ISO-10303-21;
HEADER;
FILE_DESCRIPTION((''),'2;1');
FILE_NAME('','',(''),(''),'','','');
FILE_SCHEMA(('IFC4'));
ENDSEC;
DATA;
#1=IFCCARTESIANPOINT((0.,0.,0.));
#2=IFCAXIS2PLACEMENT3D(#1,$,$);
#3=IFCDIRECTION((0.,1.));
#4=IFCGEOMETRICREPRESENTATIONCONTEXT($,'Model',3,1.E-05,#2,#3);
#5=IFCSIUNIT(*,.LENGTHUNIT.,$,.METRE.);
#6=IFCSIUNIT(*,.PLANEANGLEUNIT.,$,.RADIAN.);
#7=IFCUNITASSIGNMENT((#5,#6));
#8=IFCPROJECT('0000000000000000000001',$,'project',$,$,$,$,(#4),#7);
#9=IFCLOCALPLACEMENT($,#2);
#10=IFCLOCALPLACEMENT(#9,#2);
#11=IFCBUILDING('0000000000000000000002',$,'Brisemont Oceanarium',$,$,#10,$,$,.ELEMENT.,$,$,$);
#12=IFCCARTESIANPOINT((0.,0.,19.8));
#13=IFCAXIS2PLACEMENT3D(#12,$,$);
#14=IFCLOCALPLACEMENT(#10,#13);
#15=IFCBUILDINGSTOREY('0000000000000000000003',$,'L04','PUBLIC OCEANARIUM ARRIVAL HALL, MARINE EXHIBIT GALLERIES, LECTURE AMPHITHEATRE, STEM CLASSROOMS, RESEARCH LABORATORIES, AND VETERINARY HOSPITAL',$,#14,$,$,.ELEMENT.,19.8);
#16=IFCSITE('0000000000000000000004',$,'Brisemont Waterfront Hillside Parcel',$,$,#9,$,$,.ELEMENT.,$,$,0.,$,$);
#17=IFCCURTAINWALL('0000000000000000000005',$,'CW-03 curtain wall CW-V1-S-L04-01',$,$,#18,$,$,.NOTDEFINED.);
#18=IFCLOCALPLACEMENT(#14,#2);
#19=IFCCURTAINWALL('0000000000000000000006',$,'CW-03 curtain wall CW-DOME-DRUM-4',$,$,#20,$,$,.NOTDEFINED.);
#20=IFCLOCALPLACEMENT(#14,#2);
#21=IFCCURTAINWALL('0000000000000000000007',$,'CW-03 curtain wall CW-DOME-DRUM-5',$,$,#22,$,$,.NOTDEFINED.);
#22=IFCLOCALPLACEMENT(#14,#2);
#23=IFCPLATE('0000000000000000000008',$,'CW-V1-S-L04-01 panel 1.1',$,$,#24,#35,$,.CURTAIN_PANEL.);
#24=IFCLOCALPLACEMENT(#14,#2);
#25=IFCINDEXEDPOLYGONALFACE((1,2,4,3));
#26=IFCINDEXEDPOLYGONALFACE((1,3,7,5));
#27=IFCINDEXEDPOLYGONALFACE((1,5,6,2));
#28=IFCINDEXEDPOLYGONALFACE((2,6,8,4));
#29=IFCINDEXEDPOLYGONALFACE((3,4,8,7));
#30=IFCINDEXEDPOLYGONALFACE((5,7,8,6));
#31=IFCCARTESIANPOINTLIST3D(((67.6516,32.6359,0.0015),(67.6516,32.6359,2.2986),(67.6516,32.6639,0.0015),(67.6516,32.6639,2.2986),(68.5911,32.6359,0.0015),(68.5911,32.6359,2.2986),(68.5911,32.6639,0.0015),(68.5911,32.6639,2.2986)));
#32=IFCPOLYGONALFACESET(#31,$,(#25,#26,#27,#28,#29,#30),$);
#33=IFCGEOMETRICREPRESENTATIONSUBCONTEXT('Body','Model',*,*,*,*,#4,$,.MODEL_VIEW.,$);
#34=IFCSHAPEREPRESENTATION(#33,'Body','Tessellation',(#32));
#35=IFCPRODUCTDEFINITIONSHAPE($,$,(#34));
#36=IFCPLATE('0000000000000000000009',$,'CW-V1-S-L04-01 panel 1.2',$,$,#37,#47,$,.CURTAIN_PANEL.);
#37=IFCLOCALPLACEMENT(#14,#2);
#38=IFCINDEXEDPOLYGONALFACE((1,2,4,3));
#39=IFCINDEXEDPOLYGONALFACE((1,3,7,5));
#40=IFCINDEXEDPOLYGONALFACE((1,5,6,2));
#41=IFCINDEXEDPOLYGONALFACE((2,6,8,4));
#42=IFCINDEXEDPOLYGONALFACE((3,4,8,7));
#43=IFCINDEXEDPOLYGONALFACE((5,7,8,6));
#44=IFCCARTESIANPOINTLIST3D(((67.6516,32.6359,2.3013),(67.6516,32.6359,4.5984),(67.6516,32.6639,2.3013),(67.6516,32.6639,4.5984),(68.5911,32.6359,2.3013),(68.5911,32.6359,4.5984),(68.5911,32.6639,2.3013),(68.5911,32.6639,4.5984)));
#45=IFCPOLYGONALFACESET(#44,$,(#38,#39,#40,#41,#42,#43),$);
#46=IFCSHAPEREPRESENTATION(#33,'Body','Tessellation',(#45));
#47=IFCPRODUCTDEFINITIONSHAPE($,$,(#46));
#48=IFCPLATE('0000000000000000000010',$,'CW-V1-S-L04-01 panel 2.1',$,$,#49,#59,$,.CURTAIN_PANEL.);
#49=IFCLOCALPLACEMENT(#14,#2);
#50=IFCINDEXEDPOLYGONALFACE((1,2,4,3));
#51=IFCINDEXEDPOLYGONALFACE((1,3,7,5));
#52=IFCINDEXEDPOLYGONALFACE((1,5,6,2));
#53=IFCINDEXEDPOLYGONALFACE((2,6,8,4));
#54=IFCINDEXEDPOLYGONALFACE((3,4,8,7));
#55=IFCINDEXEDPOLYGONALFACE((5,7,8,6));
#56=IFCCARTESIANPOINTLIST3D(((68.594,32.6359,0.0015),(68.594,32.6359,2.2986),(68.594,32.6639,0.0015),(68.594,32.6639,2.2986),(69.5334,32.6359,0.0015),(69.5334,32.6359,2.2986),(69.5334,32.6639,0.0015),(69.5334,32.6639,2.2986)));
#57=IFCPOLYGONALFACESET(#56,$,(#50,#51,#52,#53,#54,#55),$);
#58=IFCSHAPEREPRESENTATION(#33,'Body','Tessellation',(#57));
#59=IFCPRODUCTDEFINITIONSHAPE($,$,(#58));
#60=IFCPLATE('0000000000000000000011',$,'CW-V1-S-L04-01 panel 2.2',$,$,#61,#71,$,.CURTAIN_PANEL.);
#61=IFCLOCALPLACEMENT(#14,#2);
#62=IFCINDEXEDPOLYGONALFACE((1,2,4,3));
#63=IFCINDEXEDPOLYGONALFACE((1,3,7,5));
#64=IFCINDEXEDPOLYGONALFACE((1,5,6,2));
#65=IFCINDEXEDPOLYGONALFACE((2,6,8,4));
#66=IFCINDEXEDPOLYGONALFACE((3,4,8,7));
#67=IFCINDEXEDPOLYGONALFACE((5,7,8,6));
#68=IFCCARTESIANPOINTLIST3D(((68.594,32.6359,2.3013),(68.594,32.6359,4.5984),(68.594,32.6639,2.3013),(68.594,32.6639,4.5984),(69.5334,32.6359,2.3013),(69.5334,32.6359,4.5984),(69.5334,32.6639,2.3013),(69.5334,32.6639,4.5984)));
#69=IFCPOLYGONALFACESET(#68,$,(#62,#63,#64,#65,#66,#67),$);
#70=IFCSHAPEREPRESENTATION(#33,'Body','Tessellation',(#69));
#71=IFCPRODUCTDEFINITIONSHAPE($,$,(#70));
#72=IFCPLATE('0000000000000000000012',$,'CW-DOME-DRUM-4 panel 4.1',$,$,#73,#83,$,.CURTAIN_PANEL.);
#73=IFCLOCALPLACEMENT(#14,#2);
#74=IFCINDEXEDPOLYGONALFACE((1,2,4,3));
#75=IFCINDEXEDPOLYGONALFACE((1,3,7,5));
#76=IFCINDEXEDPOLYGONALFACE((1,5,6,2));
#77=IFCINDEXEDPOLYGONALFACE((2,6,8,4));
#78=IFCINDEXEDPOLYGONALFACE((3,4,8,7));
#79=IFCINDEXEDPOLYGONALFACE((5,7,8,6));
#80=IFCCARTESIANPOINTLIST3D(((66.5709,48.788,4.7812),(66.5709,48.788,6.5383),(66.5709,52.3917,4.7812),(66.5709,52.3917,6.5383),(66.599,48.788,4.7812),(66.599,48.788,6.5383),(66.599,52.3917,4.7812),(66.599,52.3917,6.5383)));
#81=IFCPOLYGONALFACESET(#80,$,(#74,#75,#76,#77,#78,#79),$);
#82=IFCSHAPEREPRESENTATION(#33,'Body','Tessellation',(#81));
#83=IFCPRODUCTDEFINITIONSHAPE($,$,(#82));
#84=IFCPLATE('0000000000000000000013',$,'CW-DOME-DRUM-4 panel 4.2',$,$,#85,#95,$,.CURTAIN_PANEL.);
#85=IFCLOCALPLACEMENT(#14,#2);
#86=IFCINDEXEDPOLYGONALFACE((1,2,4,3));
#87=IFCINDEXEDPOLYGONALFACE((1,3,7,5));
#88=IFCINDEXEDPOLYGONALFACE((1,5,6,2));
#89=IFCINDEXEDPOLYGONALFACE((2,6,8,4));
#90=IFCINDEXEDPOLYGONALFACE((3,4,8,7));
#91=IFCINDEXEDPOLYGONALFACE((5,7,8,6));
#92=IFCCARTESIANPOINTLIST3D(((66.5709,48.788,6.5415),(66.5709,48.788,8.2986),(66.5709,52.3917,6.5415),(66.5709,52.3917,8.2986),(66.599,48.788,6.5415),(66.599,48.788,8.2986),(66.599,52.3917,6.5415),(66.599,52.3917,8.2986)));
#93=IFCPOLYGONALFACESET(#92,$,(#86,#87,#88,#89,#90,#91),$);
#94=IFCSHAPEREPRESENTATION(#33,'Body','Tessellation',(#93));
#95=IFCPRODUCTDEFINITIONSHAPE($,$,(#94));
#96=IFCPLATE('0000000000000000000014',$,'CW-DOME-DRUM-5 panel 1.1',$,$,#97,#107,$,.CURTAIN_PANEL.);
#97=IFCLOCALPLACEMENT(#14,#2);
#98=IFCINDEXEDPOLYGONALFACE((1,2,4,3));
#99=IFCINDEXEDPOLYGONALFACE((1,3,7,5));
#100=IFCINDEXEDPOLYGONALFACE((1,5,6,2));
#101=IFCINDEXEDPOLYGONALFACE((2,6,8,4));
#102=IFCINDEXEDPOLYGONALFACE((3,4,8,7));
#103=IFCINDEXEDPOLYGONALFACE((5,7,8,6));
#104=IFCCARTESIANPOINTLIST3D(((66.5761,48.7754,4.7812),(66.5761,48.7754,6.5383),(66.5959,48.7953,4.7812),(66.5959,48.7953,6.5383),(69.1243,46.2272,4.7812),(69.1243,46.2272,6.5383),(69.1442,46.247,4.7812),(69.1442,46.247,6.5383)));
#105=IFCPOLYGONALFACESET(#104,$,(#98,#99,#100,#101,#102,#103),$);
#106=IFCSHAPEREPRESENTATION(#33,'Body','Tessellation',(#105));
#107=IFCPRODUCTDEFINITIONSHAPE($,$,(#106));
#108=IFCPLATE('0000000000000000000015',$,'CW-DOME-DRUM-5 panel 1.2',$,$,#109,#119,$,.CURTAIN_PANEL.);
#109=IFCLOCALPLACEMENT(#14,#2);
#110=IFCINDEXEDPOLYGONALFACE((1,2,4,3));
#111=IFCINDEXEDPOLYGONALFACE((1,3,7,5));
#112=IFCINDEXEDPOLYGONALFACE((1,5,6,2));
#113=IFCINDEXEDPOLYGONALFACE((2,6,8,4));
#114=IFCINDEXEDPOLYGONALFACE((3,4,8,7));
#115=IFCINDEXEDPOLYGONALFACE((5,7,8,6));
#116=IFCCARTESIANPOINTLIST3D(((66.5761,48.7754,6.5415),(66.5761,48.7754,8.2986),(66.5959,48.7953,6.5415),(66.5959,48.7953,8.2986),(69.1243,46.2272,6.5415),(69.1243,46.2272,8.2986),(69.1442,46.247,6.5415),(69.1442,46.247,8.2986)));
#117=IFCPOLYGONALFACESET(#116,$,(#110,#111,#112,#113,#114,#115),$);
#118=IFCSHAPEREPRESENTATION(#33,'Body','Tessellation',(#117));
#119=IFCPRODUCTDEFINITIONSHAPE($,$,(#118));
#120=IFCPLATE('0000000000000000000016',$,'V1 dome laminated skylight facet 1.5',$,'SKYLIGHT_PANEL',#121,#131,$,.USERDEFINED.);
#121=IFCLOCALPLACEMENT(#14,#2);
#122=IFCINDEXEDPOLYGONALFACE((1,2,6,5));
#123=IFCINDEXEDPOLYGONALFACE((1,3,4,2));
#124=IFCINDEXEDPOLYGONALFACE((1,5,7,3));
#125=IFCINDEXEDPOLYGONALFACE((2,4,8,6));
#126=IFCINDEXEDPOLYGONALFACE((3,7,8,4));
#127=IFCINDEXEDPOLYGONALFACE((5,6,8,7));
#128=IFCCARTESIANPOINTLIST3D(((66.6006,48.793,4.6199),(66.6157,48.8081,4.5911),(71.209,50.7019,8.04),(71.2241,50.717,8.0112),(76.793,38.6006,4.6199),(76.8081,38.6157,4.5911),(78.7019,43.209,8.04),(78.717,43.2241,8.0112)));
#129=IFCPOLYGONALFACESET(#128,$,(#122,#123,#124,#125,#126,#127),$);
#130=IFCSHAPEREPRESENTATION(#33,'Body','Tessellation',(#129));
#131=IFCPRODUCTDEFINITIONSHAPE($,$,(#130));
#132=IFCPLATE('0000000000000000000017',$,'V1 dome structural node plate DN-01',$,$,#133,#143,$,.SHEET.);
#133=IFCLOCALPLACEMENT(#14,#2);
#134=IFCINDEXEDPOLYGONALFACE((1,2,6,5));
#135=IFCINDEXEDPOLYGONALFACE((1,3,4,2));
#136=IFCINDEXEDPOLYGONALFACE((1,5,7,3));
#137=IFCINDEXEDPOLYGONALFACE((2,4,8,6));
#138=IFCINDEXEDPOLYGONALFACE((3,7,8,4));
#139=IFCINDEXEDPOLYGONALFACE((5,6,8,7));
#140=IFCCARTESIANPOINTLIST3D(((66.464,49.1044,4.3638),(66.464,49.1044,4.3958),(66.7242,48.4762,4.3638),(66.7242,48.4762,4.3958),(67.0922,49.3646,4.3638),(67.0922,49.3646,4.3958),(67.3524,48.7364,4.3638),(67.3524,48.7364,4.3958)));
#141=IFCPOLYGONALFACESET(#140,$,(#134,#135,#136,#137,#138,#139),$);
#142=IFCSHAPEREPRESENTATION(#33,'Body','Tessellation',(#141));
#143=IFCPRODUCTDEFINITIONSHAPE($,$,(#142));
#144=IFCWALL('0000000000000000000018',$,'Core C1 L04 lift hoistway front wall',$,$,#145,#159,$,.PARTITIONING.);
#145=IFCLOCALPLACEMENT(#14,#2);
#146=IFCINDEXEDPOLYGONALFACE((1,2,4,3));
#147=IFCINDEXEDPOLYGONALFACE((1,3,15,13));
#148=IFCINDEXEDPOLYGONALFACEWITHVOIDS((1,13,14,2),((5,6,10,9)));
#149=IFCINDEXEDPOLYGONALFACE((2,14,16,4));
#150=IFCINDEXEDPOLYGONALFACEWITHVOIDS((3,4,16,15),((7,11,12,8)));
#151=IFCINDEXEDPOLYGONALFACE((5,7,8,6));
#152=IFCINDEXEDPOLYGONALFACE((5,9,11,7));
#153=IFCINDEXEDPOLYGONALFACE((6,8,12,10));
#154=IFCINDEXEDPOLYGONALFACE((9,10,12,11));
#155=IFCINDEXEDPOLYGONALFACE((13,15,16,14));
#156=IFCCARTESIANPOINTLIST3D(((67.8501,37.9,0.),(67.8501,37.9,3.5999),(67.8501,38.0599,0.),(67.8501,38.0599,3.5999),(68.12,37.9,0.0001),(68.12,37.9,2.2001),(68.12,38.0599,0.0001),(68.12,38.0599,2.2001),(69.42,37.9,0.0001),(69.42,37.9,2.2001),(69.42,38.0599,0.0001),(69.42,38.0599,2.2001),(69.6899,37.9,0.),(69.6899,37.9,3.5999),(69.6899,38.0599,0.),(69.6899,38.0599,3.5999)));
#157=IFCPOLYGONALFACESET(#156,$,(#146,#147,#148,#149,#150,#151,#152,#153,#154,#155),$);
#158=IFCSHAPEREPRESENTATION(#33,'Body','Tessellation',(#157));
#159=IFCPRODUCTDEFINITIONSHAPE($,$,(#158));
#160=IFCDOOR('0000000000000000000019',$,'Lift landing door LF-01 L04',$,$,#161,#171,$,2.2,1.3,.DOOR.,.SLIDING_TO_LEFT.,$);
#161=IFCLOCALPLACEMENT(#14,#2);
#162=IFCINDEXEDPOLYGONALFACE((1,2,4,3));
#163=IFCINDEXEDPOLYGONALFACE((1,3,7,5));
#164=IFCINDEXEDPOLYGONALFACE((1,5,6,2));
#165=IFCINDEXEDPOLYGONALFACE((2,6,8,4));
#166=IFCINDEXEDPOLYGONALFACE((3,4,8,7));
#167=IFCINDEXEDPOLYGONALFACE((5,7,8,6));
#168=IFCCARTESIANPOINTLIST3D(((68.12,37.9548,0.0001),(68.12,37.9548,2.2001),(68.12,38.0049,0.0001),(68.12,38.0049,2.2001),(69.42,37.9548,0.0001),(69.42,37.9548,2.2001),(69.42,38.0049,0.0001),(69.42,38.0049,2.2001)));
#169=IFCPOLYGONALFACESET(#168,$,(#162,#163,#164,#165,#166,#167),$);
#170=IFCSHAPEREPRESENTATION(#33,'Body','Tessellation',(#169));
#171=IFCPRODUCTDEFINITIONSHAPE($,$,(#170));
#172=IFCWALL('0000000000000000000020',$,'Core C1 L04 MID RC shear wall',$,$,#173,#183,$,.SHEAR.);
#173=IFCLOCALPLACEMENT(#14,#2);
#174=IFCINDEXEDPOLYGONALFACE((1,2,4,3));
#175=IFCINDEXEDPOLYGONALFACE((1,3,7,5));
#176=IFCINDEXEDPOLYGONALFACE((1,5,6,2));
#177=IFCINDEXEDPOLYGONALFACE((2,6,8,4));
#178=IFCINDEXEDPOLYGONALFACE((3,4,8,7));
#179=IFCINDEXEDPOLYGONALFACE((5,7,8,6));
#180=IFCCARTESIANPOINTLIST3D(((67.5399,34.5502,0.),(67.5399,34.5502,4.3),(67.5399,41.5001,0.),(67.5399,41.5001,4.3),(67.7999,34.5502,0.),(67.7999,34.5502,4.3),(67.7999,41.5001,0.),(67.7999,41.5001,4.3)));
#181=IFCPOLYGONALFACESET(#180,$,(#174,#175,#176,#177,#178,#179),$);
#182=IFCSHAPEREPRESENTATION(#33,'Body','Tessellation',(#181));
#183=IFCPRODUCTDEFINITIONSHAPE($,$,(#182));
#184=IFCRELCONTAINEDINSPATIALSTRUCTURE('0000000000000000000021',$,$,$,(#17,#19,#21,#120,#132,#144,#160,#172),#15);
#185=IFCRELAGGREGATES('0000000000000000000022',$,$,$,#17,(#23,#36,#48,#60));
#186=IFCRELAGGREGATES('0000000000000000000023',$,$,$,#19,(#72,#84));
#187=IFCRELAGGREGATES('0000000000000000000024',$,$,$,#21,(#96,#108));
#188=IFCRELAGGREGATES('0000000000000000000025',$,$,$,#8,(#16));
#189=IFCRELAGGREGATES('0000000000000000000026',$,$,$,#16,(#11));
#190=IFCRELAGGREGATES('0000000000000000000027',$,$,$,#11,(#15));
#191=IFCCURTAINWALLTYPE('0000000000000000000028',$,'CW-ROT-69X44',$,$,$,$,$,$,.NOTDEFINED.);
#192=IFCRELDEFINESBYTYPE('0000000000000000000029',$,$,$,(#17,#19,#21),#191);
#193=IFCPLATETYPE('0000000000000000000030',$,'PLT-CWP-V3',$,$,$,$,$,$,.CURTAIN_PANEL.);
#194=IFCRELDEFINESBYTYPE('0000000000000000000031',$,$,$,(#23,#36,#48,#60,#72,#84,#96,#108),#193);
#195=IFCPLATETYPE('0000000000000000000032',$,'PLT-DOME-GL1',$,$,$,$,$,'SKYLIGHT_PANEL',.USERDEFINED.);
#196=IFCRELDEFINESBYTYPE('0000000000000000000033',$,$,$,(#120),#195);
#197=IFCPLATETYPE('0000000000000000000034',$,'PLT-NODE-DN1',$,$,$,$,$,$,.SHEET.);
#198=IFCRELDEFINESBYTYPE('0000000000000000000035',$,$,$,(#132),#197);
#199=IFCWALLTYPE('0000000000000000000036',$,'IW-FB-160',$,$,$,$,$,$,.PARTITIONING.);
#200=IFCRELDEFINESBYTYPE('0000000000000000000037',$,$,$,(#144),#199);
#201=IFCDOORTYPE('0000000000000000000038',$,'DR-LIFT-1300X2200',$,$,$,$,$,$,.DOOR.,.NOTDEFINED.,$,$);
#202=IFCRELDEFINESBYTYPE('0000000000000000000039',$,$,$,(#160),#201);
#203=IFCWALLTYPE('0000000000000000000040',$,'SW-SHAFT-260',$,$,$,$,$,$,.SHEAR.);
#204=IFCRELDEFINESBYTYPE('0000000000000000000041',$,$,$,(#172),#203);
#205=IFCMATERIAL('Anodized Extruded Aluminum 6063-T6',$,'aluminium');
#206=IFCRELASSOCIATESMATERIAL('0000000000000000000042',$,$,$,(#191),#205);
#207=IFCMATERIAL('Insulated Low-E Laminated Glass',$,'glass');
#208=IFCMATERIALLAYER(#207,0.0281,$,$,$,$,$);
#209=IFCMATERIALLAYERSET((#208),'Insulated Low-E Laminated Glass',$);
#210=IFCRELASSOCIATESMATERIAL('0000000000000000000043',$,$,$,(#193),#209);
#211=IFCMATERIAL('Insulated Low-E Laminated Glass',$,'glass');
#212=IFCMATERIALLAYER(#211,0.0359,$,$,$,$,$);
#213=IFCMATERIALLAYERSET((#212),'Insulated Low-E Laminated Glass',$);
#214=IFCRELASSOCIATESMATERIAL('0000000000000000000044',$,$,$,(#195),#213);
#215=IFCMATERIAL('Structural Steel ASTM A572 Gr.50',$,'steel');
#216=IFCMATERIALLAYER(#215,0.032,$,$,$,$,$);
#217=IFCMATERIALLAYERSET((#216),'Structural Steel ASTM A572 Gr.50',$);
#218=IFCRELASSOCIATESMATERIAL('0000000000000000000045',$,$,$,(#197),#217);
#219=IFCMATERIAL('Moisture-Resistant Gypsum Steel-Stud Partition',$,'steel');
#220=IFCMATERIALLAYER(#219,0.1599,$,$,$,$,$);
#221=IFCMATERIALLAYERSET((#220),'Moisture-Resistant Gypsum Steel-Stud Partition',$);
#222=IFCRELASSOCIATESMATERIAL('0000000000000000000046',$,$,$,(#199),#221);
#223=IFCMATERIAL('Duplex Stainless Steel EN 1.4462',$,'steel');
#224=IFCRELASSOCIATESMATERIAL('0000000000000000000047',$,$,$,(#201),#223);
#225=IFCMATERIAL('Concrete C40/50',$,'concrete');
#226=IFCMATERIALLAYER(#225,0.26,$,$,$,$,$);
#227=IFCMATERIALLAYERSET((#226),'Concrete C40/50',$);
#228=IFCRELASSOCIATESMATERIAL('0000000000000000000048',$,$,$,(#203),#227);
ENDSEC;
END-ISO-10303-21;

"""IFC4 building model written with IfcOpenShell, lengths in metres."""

from ifc_helpers import new_model, si_unit, direction, frame, frame_2d, origin, origin_2d, place, context, subcontext, project, spatial, polyline, rectangle, outline, extrude, material, layer, layer_set, type_object, element, fill, aggregate, save


model = new_model("IFC4")

# Units and contexts
model_context = context("Model", 3, precision=1e-05, world=origin(), true_north=direction((0.0, 1.0)))
body_context = subcontext(model_context, "Body", "Model", "MODEL_VIEW")
ifc_project = project(units=[si_unit("LENGTHUNIT", "METRE"), si_unit("PLANEANGLEUNIT", "RADIAN")], contexts=[model_context])

# Site, building, storey
site_placement = place(None, origin())
site = spatial("IfcSite", under=ifc_project, at=site_placement, Name="Brisemont Waterfront Hillside Parcel", CompositionType="ELEMENT", RefElevation=0.0)
building_placement = place(site_placement, origin())
building = spatial("IfcBuilding", under=site, at=building_placement, Name="Brisemont Oceanarium", CompositionType="ELEMENT")
storey_placement = place(building_placement, frame((0.0, 0.0, 19.8)))
storey = spatial("IfcBuildingStorey", under=building, at=storey_placement, Name="L04", Description="PUBLIC OCEANARIUM ARRIVAL HALL, MARINE EXHIBIT GALLERIES, LECTURE AMPHITHEATRE, STEM CLASSROOMS, RESEARCH LABORATORIES, AND VETERINARY HOSPITAL", CompositionType="ELEMENT", Elevation=19.8)

# Curtain wall
ifc_material_1 = material(Name="Anodized Extruded Aluminum 6063-T6", Category="aluminium")
curtain_wall_type = type_object("IfcCurtainWallType", Name="CW-ROT-69X44", PredefinedType="NOTDEFINED", material=ifc_material_1)
curtain_wall_1_placement = place(storey_placement, origin())
curtain_wall_1 = element("IfcCurtainWall", 1, at=curtain_wall_1_placement, inside=storey, type_object=curtain_wall_type, Name="CW-03 curtain wall CW-V1-S-L04-01", PredefinedType="NOTDEFINED")

# Curtain wall
curtain_wall_2_placement = place(storey_placement, origin())
curtain_wall_2 = element("IfcCurtainWall", 2, at=curtain_wall_2_placement, inside=storey, type_object=curtain_wall_type, Name="CW-03 curtain wall CW-DOME-DRUM-4", PredefinedType="NOTDEFINED")

# Curtain wall
curtain_wall_3_placement = place(storey_placement, origin())
curtain_wall_3 = element("IfcCurtainWall", 3, at=curtain_wall_3_placement, inside=storey, type_object=curtain_wall_type, Name="CW-03 curtain wall CW-DOME-DRUM-5", PredefinedType="NOTDEFINED")

# Plates
ifc_material_2 = material(Name="Insulated Low-E Laminated Glass", Category="glass")
ifc_layer_1 = layer(ifc_material_2, 0.0281)
ifc_layer_set_1 = layer_set([ifc_layer_1], Name="Insulated Low-E Laminated Glass")
plate_type_1 = type_object("IfcPlateType", Name="PLT-CWP-V3", PredefinedType="CURTAIN_PANEL", material=ifc_layer_set_1)
plate_1_placement = place(storey_placement, frame((68.1213, 32.6499, 0.0015), z_axis=(0.0, 0.0, 1.0), x_axis=(1.0, 0.0, 0.0)))
plate_1 = element("IfcPlate", 4, at=plate_1_placement, type_object=plate_type_1, Name="CW-V1-S-L04-01 panel 1.1", PredefinedType="CURTAIN_PANEL", context=body_context, shape_type="SweptSolid", body=[
    extrude(rectangle(XDim=0.9395, YDim=0.0281, at=origin_2d()), origin(), (0.0, 0.0, 1.0), 2.2971),
])
plate_2_placement = place(storey_placement, frame((68.1213, 32.6499, 2.3013), z_axis=(0.0, 0.0, 1.0), x_axis=(1.0, 0.0, 0.0)))
plate_2 = element("IfcPlate", 5, at=plate_2_placement, type_object=plate_type_1, Name="CW-V1-S-L04-01 panel 1.2", PredefinedType="CURTAIN_PANEL", context=body_context, shape_type="SweptSolid", body=[
    extrude(rectangle(XDim=0.9395, YDim=0.0281, at=origin_2d()), origin(), (0.0, 0.0, 1.0), 2.2971),
])
plate_3_placement = place(storey_placement, frame((69.0637, 32.6499, 0.0015), z_axis=(0.0, 0.0, 1.0), x_axis=(1.0, 0.0, 0.0)))
plate_3 = element("IfcPlate", 6, at=plate_3_placement, type_object=plate_type_1, Name="CW-V1-S-L04-01 panel 2.1", PredefinedType="CURTAIN_PANEL", context=body_context, shape_type="SweptSolid", body=[
    extrude(rectangle(XDim=0.9395, YDim=0.0281, at=origin_2d()), origin(), (0.0, 0.0, 1.0), 2.2971),
])
plate_4_placement = place(storey_placement, frame((69.0637, 32.6499, 2.3013), z_axis=(0.0, 0.0, 1.0), x_axis=(1.0, 0.0, 0.0)))
plate_4 = element("IfcPlate", 7, at=plate_4_placement, type_object=plate_type_1, Name="CW-V1-S-L04-01 panel 2.2", PredefinedType="CURTAIN_PANEL", context=body_context, shape_type="SweptSolid", body=[
    extrude(rectangle(XDim=0.9395, YDim=0.0281, at=origin_2d()), origin(), (0.0, 0.0, 1.0), 2.2971),
])
aggregate(curtain_wall_1, [plate_1, plate_2, plate_3, plate_4])
plate_5_placement = place(storey_placement, frame((66.585, 50.5898, 4.7812), z_axis=(0.0, 0.0, 1.0), x_axis=(0.0, -1.0, 0.0)))
plate_5 = element("IfcPlate", 8, at=plate_5_placement, type_object=plate_type_1, Name="CW-DOME-DRUM-4 panel 4.1", PredefinedType="CURTAIN_PANEL", context=body_context, shape_type="SweptSolid", body=[
    extrude(rectangle(XDim=3.6038, YDim=0.0281, at=origin_2d()), origin(), (0.0, 0.0, 1.0), 1.7571),
])
plate_6_placement = place(storey_placement, frame((66.585, 50.5898, 6.5415), z_axis=(0.0, 0.0, 1.0), x_axis=(0.0, -1.0, 0.0)))
plate_6 = element("IfcPlate", 9, at=plate_6_placement, type_object=plate_type_1, Name="CW-DOME-DRUM-4 panel 4.2", PredefinedType="CURTAIN_PANEL", context=body_context, shape_type="SweptSolid", body=[
    extrude(rectangle(XDim=3.6038, YDim=0.0281, at=origin_2d()), origin(), (0.0, 0.0, 1.0), 1.7571),
])
aggregate(curtain_wall_2, [plate_5, plate_6])
plate_7_placement = place(storey_placement, frame((67.8601, 47.5112, 4.7812), z_axis=(0.0, 0.0, 1.0), x_axis=(0.707107, -0.707107, 0.0)))
plate_7 = element("IfcPlate", 10, at=plate_7_placement, type_object=plate_type_1, Name="CW-DOME-DRUM-5 panel 1.1", PredefinedType="CURTAIN_PANEL", context=body_context, shape_type="SweptSolid", body=[
    extrude(rectangle(XDim=3.6038, YDim=0.0281, at=origin_2d()), origin(), (0.0, 0.0, 1.0), 1.7571),
])
plate_8_placement = place(storey_placement, frame((67.8601, 47.5112, 6.5415), z_axis=(0.0, 0.0, 1.0), x_axis=(0.707107, -0.707107, 0.0)))
plate_8 = element("IfcPlate", 11, at=plate_8_placement, type_object=plate_type_1, Name="CW-DOME-DRUM-5 panel 1.2", PredefinedType="CURTAIN_PANEL", context=body_context, shape_type="SweptSolid", body=[
    extrude(rectangle(XDim=3.6038, YDim=0.0281, at=origin_2d()), origin(), (0.0, 0.0, 1.0), 1.7571),
])
aggregate(curtain_wall_3, [plate_7, plate_8])

# Plates
ifc_material_3 = material(Name="Insulated Low-E Laminated Glass", Category="glass")
ifc_layer_2 = layer(ifc_material_3, 0.0359)
ifc_layer_set_2 = layer_set([ifc_layer_2], Name="Insulated Low-E Laminated Glass")
plate_type_2 = type_object("IfcPlateType", Name="PLT-DOME-GL1", ElementType="SKYLIGHT_PANEL", PredefinedType="USERDEFINED", material=ifc_layer_set_2)
plate_9_placement = place(storey_placement, frame((66.6006, 48.793, 4.6199), z_axis=(-0.421406, -0.421406, 0.803015), x_axis=(0.707107, -0.707107, 0.0)))
element("IfcPlate", 12, at=plate_9_placement, inside=storey, type_object=plate_type_2, Name="V1 dome laminated skylight facet 1.5", ObjectType="SKYLIGHT_PANEL", PredefinedType="USERDEFINED", context=body_context, shape_type="SweptSolid", body=[
    extrude(outline(polyline([(0.0, 0.0), (14.4142, 0.0), (12.5054, 5.7389), (1.9088, 5.7389), (0.0, 0.0)])), origin(), (0.0, 0.0, -1.0), 0.0359),
])
ifc_material_4 = material(Name="Structural Steel ASTM A572 Gr.50", Category="steel")
ifc_layer_3 = layer(ifc_material_4, 0.032)
ifc_layer_set_3 = layer_set([ifc_layer_3], Name="Structural Steel ASTM A572 Gr.50")
plate_type_3 = type_object("IfcPlateType", Name="PLT-NODE-DN1", PredefinedType="SHEET", material=ifc_layer_set_3)
plate_10_placement = place(storey_placement, frame((66.9082, 48.9204, 4.3638), z_axis=(0.0, 0.0, 1.0), x_axis=(-0.92388, -0.382683, 0.0)))
element("IfcPlate", 13, at=plate_10_placement, inside=storey, type_object=plate_type_3, Name="V1 dome structural node plate DN-01", PredefinedType="SHEET", context=body_context, shape_type="SweptSolid", body=[
    extrude(rectangle(XDim=0.6799, YDim=0.6799, at=origin_2d()), origin(), (0.0, 0.0, 1.0), 0.032),
])

# Wall, opening, door
ifc_material_5 = material(Name="Moisture-Resistant Gypsum Steel-Stud Partition", Category="steel")
ifc_layer_4 = layer(ifc_material_5, 0.1599)
ifc_layer_set_4 = layer_set([ifc_layer_4], Name="Moisture-Resistant Gypsum Steel-Stud Partition")
wall_type_1 = type_object("IfcWallType", Name="IW-FB-160", PredefinedType="PARTITIONING", material=ifc_layer_set_4)
wall_1_placement = place(storey_placement, frame((67.8501, 37.98, 0.0), z_axis=(0.0, 0.0, 1.0), x_axis=(1.0, 0.0, 0.0)))
wall_1 = element("IfcWall", 14, at=wall_1_placement, inside=storey, type_object=wall_type_1, Name="Core C1 L04 lift hoistway front wall", PredefinedType="PARTITIONING", context=body_context, shape_type="SweptSolid", body=[
    extrude(rectangle(XDim=1.8398, YDim=0.1599, at=frame_2d((0.9199, 0.0))), origin(), (0.0, 0.0, 1.0), 3.5999),
])
opening_placement = place(wall_1_placement, frame((0.27, 0.0, 0.0)))
opening = element("IfcOpeningElement", 15, at=opening_placement, cuts=wall_1, PredefinedType="OPENING", context=body_context, shape_type="SweptSolid", body=[
    extrude(rectangle(XDim=1.3, YDim=2.2, at=frame_2d((0.6499, 1.1001))), frame((0.0, 0.0898, 0.0), z_axis=(0.0, -1.0, 0.0), x_axis=(1.0, 0.0, 0.0)), (0.0, 0.0, 1.0), 0.1799),
])
ifc_material_6 = material(Name="Duplex Stainless Steel EN 1.4462", Category="steel")
door_type = type_object("IfcDoorType", Name="DR-LIFT-1300X2200", OperationType="NOTDEFINED", PredefinedType="DOOR", material=ifc_material_6)
door_placement = place(opening_placement, origin())
door = element("IfcDoor", 16, at=door_placement, inside=storey, type_object=door_type, Name="Lift landing door LF-01 L04", OperationType="SLIDING_TO_LEFT", OverallHeight=2.2, OverallWidth=1.3, PredefinedType="DOOR", context=body_context, shape_type="SweptSolid", body=[
    extrude(rectangle(XDim=1.3, YDim=2.2, at=frame_2d((0.6499, 1.1001))), frame((0.0, 0.0249, 0.0), z_axis=(0.0, -1.0, 0.0), x_axis=(1.0, 0.0, 0.0)), (0.0, 0.0, 1.0), 0.05),
])
fill(opening, door)

# Wall
ifc_material_7 = material(Name="Concrete C40/50", Category="concrete")
ifc_layer_5 = layer(ifc_material_7, 0.26)
ifc_layer_set_5 = layer_set([ifc_layer_5], Name="Concrete C40/50")
wall_type_2 = type_object("IfcWallType", Name="SW-SHAFT-260", PredefinedType="SHEAR", material=ifc_layer_set_5)
wall_2_placement = place(storey_placement, frame((67.6699, 34.55, 0.0), z_axis=(0.0, 0.0, 1.0), x_axis=(0.0, 1.0, 0.0)))
element("IfcWall", 17, at=wall_2_placement, inside=storey, type_object=wall_type_2, Name="Core C1 L04 MID RC shear wall", PredefinedType="SHEAR", context=body_context, shape_type="SweptSolid", body=[
    extrude(rectangle(XDim=6.95, YDim=0.26, at=frame_2d((3.4751, 0.0))), origin(), (0.0, 0.0, 1.0), 4.3),
])

save(model, "model.ifc")
